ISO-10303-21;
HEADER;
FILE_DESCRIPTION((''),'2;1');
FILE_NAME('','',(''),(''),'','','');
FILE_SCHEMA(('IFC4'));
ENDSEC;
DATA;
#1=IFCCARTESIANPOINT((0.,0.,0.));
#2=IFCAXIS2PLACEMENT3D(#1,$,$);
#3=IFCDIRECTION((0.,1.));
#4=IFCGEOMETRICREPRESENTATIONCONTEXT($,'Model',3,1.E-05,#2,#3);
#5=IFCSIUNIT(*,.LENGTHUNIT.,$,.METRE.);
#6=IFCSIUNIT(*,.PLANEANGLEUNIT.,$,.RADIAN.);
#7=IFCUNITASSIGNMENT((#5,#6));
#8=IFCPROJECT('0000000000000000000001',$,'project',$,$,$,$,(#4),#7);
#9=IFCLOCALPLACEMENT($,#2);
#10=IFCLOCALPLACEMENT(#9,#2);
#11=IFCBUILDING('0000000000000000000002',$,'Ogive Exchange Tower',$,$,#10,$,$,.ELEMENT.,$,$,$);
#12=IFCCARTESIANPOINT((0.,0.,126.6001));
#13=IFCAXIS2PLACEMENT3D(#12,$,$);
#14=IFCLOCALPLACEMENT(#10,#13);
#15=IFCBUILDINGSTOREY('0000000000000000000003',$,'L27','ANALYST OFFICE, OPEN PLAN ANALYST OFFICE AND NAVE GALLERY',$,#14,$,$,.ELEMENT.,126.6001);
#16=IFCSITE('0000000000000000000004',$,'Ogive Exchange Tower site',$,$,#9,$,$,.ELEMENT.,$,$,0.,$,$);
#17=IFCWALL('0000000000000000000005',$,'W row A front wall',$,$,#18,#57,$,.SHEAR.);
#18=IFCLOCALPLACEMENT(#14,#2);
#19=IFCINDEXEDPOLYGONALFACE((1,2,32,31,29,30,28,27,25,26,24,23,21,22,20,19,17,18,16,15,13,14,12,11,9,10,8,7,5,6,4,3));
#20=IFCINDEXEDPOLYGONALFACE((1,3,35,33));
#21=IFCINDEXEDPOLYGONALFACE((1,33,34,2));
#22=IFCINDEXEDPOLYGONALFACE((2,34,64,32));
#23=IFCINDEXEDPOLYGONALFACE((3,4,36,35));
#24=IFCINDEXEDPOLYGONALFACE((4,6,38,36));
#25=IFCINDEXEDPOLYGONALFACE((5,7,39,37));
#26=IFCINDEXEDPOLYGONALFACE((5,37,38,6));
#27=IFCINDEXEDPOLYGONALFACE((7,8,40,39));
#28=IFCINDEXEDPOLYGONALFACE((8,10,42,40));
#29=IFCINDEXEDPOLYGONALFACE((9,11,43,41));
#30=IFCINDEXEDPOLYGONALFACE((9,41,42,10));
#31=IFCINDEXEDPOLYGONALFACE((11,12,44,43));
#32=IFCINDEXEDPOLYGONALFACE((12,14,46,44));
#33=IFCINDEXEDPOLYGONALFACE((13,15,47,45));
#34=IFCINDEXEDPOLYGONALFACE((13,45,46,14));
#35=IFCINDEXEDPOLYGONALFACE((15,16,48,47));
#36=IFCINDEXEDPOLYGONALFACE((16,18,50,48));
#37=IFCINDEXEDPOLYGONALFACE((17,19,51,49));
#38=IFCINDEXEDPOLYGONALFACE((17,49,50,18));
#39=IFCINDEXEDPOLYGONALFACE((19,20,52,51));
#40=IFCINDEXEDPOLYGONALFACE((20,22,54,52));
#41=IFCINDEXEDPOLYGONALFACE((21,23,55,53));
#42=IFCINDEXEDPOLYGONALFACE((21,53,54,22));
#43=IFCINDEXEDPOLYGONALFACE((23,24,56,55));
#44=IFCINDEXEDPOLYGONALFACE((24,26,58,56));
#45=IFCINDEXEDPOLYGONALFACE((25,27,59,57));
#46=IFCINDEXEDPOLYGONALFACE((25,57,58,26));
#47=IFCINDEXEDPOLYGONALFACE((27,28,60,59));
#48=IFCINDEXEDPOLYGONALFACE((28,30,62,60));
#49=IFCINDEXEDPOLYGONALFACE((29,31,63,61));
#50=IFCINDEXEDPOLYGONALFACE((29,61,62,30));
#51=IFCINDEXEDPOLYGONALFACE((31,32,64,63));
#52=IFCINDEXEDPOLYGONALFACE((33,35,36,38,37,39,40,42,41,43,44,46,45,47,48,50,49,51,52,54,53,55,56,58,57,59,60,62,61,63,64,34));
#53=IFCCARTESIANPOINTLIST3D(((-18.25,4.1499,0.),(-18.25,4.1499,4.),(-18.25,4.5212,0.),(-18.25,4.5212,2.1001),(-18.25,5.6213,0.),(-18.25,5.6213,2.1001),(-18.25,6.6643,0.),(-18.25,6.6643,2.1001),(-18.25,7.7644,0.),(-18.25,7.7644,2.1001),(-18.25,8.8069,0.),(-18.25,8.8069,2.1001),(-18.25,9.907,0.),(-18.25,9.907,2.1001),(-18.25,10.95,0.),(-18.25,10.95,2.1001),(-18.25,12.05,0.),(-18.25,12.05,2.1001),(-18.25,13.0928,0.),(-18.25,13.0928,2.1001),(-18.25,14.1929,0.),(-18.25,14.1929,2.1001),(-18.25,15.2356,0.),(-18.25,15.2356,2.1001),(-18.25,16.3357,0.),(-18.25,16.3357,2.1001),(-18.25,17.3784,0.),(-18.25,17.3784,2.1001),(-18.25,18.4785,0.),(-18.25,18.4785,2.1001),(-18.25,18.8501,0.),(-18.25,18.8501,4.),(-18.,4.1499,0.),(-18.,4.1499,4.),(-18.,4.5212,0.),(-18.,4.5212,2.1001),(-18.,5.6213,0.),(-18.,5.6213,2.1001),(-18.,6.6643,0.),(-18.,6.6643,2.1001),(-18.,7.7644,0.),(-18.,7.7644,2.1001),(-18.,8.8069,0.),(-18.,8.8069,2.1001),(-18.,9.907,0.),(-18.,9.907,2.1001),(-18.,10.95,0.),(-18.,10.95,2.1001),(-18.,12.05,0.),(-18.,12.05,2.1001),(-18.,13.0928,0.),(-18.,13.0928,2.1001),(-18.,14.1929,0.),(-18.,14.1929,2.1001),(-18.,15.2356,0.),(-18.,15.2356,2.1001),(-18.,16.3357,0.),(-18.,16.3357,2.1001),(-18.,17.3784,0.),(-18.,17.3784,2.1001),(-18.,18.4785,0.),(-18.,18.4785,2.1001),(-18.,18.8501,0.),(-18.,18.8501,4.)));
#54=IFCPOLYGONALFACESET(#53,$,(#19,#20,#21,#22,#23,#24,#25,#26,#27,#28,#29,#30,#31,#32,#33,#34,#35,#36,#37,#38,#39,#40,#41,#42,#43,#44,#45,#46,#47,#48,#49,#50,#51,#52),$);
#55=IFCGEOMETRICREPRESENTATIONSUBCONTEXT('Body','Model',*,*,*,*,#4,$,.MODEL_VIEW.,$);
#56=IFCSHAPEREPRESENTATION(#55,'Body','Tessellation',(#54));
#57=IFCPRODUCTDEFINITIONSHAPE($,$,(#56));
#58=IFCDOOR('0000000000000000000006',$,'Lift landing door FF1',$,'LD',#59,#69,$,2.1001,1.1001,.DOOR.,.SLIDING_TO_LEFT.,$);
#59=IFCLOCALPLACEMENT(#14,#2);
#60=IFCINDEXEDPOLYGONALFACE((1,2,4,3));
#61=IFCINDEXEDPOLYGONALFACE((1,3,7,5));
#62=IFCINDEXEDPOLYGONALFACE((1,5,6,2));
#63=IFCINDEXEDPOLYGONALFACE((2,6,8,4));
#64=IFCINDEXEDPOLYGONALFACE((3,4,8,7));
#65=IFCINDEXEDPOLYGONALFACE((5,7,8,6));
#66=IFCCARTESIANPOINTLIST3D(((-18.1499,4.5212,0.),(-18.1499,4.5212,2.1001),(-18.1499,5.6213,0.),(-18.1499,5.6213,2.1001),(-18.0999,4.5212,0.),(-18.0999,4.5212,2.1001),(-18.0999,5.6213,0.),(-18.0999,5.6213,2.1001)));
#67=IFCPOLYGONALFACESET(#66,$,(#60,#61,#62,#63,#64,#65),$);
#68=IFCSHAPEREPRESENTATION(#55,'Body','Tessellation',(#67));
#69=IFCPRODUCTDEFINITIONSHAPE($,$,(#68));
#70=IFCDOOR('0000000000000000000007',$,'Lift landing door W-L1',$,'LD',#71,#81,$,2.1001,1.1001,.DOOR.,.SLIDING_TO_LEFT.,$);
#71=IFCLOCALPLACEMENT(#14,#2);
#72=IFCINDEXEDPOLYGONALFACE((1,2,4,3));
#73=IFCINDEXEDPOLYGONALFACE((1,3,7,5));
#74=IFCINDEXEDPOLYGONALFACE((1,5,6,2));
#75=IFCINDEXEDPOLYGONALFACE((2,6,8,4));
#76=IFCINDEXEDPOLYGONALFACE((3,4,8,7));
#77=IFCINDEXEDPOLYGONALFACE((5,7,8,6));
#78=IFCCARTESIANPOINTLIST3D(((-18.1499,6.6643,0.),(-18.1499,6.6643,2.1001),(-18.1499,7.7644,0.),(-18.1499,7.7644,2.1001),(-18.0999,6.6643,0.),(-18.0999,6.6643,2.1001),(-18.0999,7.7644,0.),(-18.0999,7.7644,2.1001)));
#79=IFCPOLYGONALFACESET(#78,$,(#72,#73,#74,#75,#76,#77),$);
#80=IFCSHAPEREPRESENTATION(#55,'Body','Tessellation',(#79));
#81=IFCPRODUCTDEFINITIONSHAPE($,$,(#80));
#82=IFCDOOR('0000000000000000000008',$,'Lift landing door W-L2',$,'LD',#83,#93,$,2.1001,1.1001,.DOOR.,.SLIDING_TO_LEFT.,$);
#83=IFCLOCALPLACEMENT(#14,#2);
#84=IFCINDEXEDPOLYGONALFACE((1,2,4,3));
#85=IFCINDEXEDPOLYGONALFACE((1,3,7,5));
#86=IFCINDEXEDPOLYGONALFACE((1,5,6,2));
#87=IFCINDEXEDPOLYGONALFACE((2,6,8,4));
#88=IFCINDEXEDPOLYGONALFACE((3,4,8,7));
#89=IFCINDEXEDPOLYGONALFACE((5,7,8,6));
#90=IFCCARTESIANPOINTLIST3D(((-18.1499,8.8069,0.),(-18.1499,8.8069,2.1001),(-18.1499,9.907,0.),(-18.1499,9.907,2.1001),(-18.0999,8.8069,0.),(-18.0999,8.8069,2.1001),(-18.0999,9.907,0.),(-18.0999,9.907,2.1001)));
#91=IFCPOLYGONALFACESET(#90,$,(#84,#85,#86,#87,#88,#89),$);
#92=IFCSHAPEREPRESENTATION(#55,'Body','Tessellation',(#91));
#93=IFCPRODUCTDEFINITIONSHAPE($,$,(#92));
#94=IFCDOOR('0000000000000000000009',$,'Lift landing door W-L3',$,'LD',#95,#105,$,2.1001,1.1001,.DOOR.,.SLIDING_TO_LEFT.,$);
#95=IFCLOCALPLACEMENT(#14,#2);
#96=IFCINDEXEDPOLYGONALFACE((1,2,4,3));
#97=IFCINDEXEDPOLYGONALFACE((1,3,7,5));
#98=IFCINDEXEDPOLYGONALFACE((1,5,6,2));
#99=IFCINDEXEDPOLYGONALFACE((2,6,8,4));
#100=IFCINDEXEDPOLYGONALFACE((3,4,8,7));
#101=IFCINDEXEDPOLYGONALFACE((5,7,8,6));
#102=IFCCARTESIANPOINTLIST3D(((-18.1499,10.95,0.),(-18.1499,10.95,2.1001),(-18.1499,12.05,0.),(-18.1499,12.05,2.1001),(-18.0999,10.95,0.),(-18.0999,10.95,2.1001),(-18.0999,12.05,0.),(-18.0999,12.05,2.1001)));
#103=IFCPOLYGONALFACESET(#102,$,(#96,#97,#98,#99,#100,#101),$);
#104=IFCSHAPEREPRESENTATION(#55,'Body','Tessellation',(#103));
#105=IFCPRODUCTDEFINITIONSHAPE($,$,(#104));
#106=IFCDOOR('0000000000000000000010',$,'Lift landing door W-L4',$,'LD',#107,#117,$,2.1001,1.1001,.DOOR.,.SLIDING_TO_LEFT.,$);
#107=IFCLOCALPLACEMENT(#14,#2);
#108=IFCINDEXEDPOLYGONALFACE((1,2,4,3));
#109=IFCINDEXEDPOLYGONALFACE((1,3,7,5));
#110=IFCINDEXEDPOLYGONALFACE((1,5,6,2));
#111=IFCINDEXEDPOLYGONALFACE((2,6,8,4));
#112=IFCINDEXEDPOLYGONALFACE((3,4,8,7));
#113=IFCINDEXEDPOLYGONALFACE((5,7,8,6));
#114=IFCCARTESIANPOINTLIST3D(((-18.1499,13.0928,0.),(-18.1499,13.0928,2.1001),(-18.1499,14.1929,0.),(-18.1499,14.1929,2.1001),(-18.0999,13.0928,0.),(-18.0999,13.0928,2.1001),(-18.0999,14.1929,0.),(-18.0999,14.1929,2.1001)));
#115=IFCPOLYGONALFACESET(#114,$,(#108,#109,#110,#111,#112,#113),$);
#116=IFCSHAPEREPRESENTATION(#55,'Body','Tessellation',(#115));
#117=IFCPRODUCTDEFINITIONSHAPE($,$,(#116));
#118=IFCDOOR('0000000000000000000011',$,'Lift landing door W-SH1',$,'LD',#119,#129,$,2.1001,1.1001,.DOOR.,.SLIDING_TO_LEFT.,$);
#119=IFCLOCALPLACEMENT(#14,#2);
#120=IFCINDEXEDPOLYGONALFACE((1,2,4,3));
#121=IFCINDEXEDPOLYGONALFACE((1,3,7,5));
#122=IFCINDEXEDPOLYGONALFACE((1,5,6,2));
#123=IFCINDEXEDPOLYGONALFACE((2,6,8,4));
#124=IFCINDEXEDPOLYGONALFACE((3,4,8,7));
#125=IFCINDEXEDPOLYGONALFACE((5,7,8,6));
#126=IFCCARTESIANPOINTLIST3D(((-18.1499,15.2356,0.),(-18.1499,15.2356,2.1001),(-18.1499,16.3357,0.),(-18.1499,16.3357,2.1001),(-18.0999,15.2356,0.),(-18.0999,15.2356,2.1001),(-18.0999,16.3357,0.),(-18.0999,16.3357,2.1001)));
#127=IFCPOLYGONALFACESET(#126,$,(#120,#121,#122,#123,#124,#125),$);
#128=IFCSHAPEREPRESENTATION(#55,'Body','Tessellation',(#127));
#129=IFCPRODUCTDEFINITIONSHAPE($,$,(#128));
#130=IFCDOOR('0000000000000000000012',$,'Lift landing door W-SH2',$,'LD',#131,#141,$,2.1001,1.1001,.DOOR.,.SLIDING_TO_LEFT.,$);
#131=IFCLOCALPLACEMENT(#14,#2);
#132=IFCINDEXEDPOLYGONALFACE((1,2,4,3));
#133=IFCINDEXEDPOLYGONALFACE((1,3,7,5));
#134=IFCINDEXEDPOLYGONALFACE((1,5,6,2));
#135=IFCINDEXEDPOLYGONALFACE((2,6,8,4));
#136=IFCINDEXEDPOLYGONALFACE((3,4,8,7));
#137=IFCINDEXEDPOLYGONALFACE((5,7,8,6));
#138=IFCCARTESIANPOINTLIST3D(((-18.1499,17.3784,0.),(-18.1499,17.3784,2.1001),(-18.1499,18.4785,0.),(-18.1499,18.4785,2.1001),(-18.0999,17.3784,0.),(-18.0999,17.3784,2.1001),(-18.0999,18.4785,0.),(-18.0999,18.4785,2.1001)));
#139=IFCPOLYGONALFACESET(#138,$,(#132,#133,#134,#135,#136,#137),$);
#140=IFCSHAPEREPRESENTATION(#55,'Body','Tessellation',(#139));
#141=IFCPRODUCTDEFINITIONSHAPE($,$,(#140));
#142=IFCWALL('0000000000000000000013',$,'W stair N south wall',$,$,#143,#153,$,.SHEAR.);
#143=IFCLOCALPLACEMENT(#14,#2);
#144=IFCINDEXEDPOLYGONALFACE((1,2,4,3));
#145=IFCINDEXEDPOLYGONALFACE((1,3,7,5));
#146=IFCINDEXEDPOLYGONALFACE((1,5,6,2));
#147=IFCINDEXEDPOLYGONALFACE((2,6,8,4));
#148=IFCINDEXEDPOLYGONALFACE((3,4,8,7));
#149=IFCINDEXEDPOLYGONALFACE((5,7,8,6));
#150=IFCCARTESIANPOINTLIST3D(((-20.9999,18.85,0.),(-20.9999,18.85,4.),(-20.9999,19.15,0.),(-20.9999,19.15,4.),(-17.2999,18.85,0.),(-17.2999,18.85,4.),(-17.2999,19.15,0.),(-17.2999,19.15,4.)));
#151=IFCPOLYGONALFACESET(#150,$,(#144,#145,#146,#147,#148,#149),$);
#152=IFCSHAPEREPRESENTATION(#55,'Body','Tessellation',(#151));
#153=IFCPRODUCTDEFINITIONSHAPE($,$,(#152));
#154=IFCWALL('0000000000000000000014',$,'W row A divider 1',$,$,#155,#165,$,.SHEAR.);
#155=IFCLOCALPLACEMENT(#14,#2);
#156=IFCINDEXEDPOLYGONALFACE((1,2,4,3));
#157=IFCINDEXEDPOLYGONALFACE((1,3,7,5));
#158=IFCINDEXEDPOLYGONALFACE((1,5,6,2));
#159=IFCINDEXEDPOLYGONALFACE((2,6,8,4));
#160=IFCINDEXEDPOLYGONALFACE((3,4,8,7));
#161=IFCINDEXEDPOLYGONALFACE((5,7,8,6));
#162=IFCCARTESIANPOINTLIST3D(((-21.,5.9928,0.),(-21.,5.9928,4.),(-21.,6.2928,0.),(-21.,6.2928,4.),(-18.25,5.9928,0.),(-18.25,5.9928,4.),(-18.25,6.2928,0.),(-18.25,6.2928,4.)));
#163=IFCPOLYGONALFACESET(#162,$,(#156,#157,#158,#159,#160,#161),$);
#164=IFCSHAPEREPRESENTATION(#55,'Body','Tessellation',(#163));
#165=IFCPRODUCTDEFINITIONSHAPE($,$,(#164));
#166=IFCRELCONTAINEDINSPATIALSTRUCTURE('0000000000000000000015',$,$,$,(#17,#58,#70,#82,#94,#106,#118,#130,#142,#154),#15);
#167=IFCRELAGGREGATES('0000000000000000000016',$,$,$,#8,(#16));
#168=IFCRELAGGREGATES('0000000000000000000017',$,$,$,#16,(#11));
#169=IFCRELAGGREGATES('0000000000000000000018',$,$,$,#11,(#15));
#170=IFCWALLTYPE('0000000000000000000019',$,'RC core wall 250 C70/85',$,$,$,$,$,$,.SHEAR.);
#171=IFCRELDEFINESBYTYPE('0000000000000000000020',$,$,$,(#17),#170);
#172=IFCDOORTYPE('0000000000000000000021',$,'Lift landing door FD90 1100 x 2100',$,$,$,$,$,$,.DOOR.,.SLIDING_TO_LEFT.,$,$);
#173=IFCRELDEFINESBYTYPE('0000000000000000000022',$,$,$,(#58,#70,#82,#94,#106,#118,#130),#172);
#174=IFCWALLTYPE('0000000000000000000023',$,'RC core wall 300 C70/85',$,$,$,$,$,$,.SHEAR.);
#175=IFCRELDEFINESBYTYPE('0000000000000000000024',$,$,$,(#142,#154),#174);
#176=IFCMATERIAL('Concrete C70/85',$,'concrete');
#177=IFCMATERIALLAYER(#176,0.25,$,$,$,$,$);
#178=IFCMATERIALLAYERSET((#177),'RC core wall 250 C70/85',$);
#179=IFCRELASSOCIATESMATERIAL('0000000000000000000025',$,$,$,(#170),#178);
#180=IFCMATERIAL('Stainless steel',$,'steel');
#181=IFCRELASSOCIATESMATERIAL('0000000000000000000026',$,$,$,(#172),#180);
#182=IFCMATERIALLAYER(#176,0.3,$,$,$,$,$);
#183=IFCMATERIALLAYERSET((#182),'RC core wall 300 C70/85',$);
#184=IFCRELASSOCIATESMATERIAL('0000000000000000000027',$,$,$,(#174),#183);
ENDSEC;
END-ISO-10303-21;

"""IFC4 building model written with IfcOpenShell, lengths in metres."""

from ifc_helpers import new_model, si_unit, direction, frame, frame_2d, origin, place, context, subcontext, project, spatial, rectangle, extrude, material, layer, layer_set, type_object, element, fill, save


model = new_model("IFC4")

# Units and contexts
model_context = context("Model", 3, precision=1e-05, world=origin(), true_north=direction((0.0, 1.0)))
body_context = subcontext(model_context, "Body", "Model", "MODEL_VIEW")
ifc_project = project(units=[si_unit("LENGTHUNIT", "METRE"), si_unit("PLANEANGLEUNIT", "RADIAN")], contexts=[model_context])

# Site, building, storey
site_placement = place(None, origin())
site = spatial("IfcSite", under=ifc_project, at=site_placement, Name="Ogive Exchange Tower site", CompositionType="ELEMENT", RefElevation=0.0)
building_placement = place(site_placement, origin())
building = spatial("IfcBuilding", under=site, at=building_placement, Name="Ogive Exchange Tower", CompositionType="ELEMENT")
storey_placement = place(building_placement, frame((0.0, 0.0, 126.6001)))
storey = spatial("IfcBuildingStorey", under=building, at=storey_placement, Name="L27", Description="ANALYST OFFICE, OPEN PLAN ANALYST OFFICE AND NAVE GALLERY", CompositionType="ELEMENT", Elevation=126.6001)

# Wall, openings, doors
ifc_material_1 = material(Name="Concrete C70/85", Category="concrete")
ifc_layer_1 = layer(ifc_material_1, 0.25)
ifc_layer_set_1 = layer_set([ifc_layer_1], Name="RC core wall 250 C70/85")
wall_type_1 = type_object("IfcWallType", Name="RC core wall 250 C70/85", PredefinedType="SHEAR", material=ifc_layer_set_1)
wall_1_placement = place(storey_placement, frame((-18.125, 4.1499, 0.0), z_axis=(0.0, 0.0, 1.0), x_axis=(0.0, 1.0, 0.0)))
wall_1 = element("IfcWall", 1, at=wall_1_placement, inside=storey, type_object=wall_type_1, Name="W row A front wall", PredefinedType="SHEAR", context=body_context, shape_type="SweptSolid", body=[
    extrude(rectangle(XDim=14.7002, YDim=0.25, at=frame_2d((7.3501, 0.0))), origin(), (0.0, 0.0, 1.0), 4.0),
])
opening_1_placement = place(wall_1_placement, frame((0.3713, 0.0, 0.0)))
opening_1 = element("IfcOpeningElement", 2, at=opening_1_placement, cuts=wall_1, PredefinedType="OPENING", context=body_context, shape_type="SweptSolid", body=[
    extrude(rectangle(XDim=1.1001, YDim=2.1001, at=frame_2d((0.55, 1.05))), frame((0.0, 0.135, 0.0), z_axis=(0.0, -1.0, 0.0), x_axis=(1.0, 0.0, 0.0)), (0.0, 0.0, 1.0), 0.27),
])
opening_2_placement = place(wall_1_placement, frame((2.5144, 0.0, 0.0)))
opening_2 = element("IfcOpeningElement", 3, at=opening_2_placement, cuts=wall_1, PredefinedType="OPENING", context=body_context, shape_type="SweptSolid", body=[
    extrude(rectangle(XDim=1.1001, YDim=2.1001, at=frame_2d((0.55, 1.05))), frame((0.0, 0.135, 0.0), z_axis=(0.0, -1.0, 0.0), x_axis=(1.0, 0.0, 0.0)), (0.0, 0.0, 1.0), 0.27),
])
opening_3_placement = place(wall_1_placement, frame((4.657, 0.0, 0.0)))
opening_3 = element("IfcOpeningElement", 4, at=opening_3_placement, cuts=wall_1, PredefinedType="OPENING", context=body_context, shape_type="SweptSolid", body=[
    extrude(rectangle(XDim=1.1001, YDim=2.1001, at=frame_2d((0.55, 1.05))), frame((0.0, 0.135, 0.0), z_axis=(0.0, -1.0, 0.0), x_axis=(1.0, 0.0, 0.0)), (0.0, 0.0, 1.0), 0.27),
])
opening_4_placement = place(wall_1_placement, frame((6.8, 0.0, 0.0)))
opening_4 = element("IfcOpeningElement", 5, at=opening_4_placement, cuts=wall_1, PredefinedType="OPENING", context=body_context, shape_type="SweptSolid", body=[
    extrude(rectangle(XDim=1.1001, YDim=2.1001, at=frame_2d((0.55, 1.05))), frame((0.0, 0.135, 0.0), z_axis=(0.0, -1.0, 0.0), x_axis=(1.0, 0.0, 0.0)), (0.0, 0.0, 1.0), 0.27),
])
opening_5_placement = place(wall_1_placement, frame((8.9429, 0.0, 0.0)))
opening_5 = element("IfcOpeningElement", 6, at=opening_5_placement, cuts=wall_1, PredefinedType="OPENING", context=body_context, shape_type="SweptSolid", body=[
    extrude(rectangle(XDim=1.1001, YDim=2.1001, at=frame_2d((0.55, 1.05))), frame((0.0, 0.135, 0.0), z_axis=(0.0, -1.0, 0.0), x_axis=(1.0, 0.0, 0.0)), (0.0, 0.0, 1.0), 0.27),
])
opening_6_placement = place(wall_1_placement, frame((11.0857, 0.0, 0.0)))
opening_6 = element("IfcOpeningElement", 7, at=opening_6_placement, cuts=wall_1, PredefinedType="OPENING", context=body_context, shape_type="SweptSolid", body=[
    extrude(rectangle(XDim=1.1001, YDim=2.1001, at=frame_2d((0.55, 1.05))), frame((0.0, 0.135, 0.0), z_axis=(0.0, -1.0, 0.0), x_axis=(1.0, 0.0, 0.0)), (0.0, 0.0, 1.0), 0.27),
])
opening_7_placement = place(wall_1_placement, frame((13.2285, 0.0, 0.0)))
opening_7 = element("IfcOpeningElement", 8, at=opening_7_placement, cuts=wall_1, PredefinedType="OPENING", context=body_context, shape_type="SweptSolid", body=[
    extrude(rectangle(XDim=1.1001, YDim=2.1001, at=frame_2d((0.55, 1.05))), frame((0.0, 0.135, 0.0), z_axis=(0.0, -1.0, 0.0), x_axis=(1.0, 0.0, 0.0)), (0.0, 0.0, 1.0), 0.27),
])
ifc_material_2 = material(Name="Stainless steel", Category="steel")
door_type = type_object("IfcDoorType", Name="Lift landing door FD90 1100 x 2100", OperationType="SLIDING_TO_LEFT", PredefinedType="DOOR", material=ifc_material_2)
door_1_placement = place(opening_1_placement, origin())
door_1 = element("IfcDoor", 9, at=door_1_placement, inside=storey, type_object=door_type, Name="Lift landing door FF1", ObjectType="LD", OperationType="SLIDING_TO_LEFT", OverallHeight=2.1001, OverallWidth=1.1001, PredefinedType="DOOR", context=body_context, shape_type="SweptSolid", body=[
    extrude(rectangle(XDim=1.1001, YDim=2.1001, at=frame_2d((0.55, 1.05))), frame((0.0, 0.0249, 0.0), z_axis=(0.0, -1.0, 0.0), x_axis=(1.0, 0.0, 0.0)), (0.0, 0.0, 1.0), 0.05),
])
fill(opening_1, door_1)
door_2_placement = place(opening_2_placement, origin())
door_2 = element("IfcDoor", 10, at=door_2_placement, inside=storey, type_object=door_type, Name="Lift landing door W-L1", ObjectType="LD", OperationType="SLIDING_TO_LEFT", OverallHeight=2.1001, OverallWidth=1.1001, PredefinedType="DOOR", context=body_context, shape_type="SweptSolid", body=[
    extrude(rectangle(XDim=1.1001, YDim=2.1001, at=frame_2d((0.55, 1.05))), frame((0.0, 0.0249, 0.0), z_axis=(0.0, -1.0, 0.0), x_axis=(1.0, 0.0, 0.0)), (0.0, 0.0, 1.0), 0.05),
])
fill(opening_2, door_2)
door_3_placement = place(opening_3_placement, origin())
door_3 = element("IfcDoor", 11, at=door_3_placement, inside=storey, type_object=door_type, Name="Lift landing door W-L2", ObjectType="LD", OperationType="SLIDING_TO_LEFT", OverallHeight=2.1001, OverallWidth=1.1001, PredefinedType="DOOR", context=body_context, shape_type="SweptSolid", body=[
    extrude(rectangle(XDim=1.1001, YDim=2.1001, at=frame_2d((0.55, 1.05))), frame((0.0, 0.0249, 0.0), z_axis=(0.0, -1.0, 0.0), x_axis=(1.0, 0.0, 0.0)), (0.0, 0.0, 1.0), 0.05),
])
fill(opening_3, door_3)
door_4_placement = place(opening_4_placement, origin())
door_4 = element("IfcDoor", 12, at=door_4_placement, inside=storey, type_object=door_type, Name="Lift landing door W-L3", ObjectType="LD", OperationType="SLIDING_TO_LEFT", OverallHeight=2.1001, OverallWidth=1.1001, PredefinedType="DOOR", context=body_context, shape_type="SweptSolid", body=[
    extrude(rectangle(XDim=1.1001, YDim=2.1001, at=frame_2d((0.55, 1.05))), frame((0.0, 0.0249, 0.0), z_axis=(0.0, -1.0, 0.0), x_axis=(1.0, 0.0, 0.0)), (0.0, 0.0, 1.0), 0.05),
])
fill(opening_4, door_4)
door_5_placement = place(opening_5_placement, origin())
door_5 = element("IfcDoor", 13, at=door_5_placement, inside=storey, type_object=door_type, Name="Lift landing door W-L4", ObjectType="LD", OperationType="SLIDING_TO_LEFT", OverallHeight=2.1001, OverallWidth=1.1001, PredefinedType="DOOR", context=body_context, shape_type="SweptSolid", body=[
    extrude(rectangle(XDim=1.1001, YDim=2.1001, at=frame_2d((0.55, 1.05))), frame((0.0, 0.0249, 0.0), z_axis=(0.0, -1.0, 0.0), x_axis=(1.0, 0.0, 0.0)), (0.0, 0.0, 1.0), 0.05),
])
fill(opening_5, door_5)
door_6_placement = place(opening_6_placement, origin())
door_6 = element("IfcDoor", 14, at=door_6_placement, inside=storey, type_object=door_type, Name="Lift landing door W-SH1", ObjectType="LD", OperationType="SLIDING_TO_LEFT", OverallHeight=2.1001, OverallWidth=1.1001, PredefinedType="DOOR", context=body_context, shape_type="SweptSolid", body=[
    extrude(rectangle(XDim=1.1001, YDim=2.1001, at=frame_2d((0.55, 1.05))), frame((0.0, 0.0249, 0.0), z_axis=(0.0, -1.0, 0.0), x_axis=(1.0, 0.0, 0.0)), (0.0, 0.0, 1.0), 0.05),
])
fill(opening_6, door_6)
door_7_placement = place(opening_7_placement, origin())
door_7 = element("IfcDoor", 15, at=door_7_placement, inside=storey, type_object=door_type, Name="Lift landing door W-SH2", ObjectType="LD", OperationType="SLIDING_TO_LEFT", OverallHeight=2.1001, OverallWidth=1.1001, PredefinedType="DOOR", context=body_context, shape_type="SweptSolid", body=[
    extrude(rectangle(XDim=1.1001, YDim=2.1001, at=frame_2d((0.55, 1.05))), frame((0.0, 0.0249, 0.0), z_axis=(0.0, -1.0, 0.0), x_axis=(1.0, 0.0, 0.0)), (0.0, 0.0, 1.0), 0.05),
])
fill(opening_7, door_7)

# Walls
ifc_layer_2 = layer(ifc_material_1, 0.3)
ifc_layer_set_2 = layer_set([ifc_layer_2], Name="RC core wall 300 C70/85")
wall_type_2 = type_object("IfcWallType", Name="RC core wall 300 C70/85", PredefinedType="SHEAR", material=ifc_layer_set_2)
wall_2_placement = place(storey_placement, frame((-21.0, 19.0, 0.0), z_axis=(0.0, 0.0, 1.0), x_axis=(1.0, 0.0, 0.0)))
element("IfcWall", 16, at=wall_2_placement, inside=storey, type_object=wall_type_2, Name="W stair N south wall", PredefinedType="SHEAR", context=body_context, shape_type="SweptSolid", body=[
    extrude(rectangle(XDim=3.7, YDim=0.3, at=frame_2d((1.8501, 0.0))), origin(), (0.0, 0.0, 1.0), 4.0),
])
for number, where, z_axis, x_axis, name in (
    (17, (-21.0, 6.1428, 0.0), (0.0, 0.0, 1.0), (1.0, 0.0, 0.0), "W row A divider 1"),
):
    element("IfcWall", number, at=place(storey_placement, frame(where, z_axis=z_axis, x_axis=x_axis)), inside=storey, type_object=wall_type_2, Name=name, PredefinedType="SHEAR", context=body_context, shape_type="SweptSolid", body=[
        extrude(rectangle(XDim=2.75, YDim=0.3, at=frame_2d((1.375, 0.0))), origin(), (0.0, 0.0, 1.0), 4.0),
    ])

save(model, "model.ifc")
